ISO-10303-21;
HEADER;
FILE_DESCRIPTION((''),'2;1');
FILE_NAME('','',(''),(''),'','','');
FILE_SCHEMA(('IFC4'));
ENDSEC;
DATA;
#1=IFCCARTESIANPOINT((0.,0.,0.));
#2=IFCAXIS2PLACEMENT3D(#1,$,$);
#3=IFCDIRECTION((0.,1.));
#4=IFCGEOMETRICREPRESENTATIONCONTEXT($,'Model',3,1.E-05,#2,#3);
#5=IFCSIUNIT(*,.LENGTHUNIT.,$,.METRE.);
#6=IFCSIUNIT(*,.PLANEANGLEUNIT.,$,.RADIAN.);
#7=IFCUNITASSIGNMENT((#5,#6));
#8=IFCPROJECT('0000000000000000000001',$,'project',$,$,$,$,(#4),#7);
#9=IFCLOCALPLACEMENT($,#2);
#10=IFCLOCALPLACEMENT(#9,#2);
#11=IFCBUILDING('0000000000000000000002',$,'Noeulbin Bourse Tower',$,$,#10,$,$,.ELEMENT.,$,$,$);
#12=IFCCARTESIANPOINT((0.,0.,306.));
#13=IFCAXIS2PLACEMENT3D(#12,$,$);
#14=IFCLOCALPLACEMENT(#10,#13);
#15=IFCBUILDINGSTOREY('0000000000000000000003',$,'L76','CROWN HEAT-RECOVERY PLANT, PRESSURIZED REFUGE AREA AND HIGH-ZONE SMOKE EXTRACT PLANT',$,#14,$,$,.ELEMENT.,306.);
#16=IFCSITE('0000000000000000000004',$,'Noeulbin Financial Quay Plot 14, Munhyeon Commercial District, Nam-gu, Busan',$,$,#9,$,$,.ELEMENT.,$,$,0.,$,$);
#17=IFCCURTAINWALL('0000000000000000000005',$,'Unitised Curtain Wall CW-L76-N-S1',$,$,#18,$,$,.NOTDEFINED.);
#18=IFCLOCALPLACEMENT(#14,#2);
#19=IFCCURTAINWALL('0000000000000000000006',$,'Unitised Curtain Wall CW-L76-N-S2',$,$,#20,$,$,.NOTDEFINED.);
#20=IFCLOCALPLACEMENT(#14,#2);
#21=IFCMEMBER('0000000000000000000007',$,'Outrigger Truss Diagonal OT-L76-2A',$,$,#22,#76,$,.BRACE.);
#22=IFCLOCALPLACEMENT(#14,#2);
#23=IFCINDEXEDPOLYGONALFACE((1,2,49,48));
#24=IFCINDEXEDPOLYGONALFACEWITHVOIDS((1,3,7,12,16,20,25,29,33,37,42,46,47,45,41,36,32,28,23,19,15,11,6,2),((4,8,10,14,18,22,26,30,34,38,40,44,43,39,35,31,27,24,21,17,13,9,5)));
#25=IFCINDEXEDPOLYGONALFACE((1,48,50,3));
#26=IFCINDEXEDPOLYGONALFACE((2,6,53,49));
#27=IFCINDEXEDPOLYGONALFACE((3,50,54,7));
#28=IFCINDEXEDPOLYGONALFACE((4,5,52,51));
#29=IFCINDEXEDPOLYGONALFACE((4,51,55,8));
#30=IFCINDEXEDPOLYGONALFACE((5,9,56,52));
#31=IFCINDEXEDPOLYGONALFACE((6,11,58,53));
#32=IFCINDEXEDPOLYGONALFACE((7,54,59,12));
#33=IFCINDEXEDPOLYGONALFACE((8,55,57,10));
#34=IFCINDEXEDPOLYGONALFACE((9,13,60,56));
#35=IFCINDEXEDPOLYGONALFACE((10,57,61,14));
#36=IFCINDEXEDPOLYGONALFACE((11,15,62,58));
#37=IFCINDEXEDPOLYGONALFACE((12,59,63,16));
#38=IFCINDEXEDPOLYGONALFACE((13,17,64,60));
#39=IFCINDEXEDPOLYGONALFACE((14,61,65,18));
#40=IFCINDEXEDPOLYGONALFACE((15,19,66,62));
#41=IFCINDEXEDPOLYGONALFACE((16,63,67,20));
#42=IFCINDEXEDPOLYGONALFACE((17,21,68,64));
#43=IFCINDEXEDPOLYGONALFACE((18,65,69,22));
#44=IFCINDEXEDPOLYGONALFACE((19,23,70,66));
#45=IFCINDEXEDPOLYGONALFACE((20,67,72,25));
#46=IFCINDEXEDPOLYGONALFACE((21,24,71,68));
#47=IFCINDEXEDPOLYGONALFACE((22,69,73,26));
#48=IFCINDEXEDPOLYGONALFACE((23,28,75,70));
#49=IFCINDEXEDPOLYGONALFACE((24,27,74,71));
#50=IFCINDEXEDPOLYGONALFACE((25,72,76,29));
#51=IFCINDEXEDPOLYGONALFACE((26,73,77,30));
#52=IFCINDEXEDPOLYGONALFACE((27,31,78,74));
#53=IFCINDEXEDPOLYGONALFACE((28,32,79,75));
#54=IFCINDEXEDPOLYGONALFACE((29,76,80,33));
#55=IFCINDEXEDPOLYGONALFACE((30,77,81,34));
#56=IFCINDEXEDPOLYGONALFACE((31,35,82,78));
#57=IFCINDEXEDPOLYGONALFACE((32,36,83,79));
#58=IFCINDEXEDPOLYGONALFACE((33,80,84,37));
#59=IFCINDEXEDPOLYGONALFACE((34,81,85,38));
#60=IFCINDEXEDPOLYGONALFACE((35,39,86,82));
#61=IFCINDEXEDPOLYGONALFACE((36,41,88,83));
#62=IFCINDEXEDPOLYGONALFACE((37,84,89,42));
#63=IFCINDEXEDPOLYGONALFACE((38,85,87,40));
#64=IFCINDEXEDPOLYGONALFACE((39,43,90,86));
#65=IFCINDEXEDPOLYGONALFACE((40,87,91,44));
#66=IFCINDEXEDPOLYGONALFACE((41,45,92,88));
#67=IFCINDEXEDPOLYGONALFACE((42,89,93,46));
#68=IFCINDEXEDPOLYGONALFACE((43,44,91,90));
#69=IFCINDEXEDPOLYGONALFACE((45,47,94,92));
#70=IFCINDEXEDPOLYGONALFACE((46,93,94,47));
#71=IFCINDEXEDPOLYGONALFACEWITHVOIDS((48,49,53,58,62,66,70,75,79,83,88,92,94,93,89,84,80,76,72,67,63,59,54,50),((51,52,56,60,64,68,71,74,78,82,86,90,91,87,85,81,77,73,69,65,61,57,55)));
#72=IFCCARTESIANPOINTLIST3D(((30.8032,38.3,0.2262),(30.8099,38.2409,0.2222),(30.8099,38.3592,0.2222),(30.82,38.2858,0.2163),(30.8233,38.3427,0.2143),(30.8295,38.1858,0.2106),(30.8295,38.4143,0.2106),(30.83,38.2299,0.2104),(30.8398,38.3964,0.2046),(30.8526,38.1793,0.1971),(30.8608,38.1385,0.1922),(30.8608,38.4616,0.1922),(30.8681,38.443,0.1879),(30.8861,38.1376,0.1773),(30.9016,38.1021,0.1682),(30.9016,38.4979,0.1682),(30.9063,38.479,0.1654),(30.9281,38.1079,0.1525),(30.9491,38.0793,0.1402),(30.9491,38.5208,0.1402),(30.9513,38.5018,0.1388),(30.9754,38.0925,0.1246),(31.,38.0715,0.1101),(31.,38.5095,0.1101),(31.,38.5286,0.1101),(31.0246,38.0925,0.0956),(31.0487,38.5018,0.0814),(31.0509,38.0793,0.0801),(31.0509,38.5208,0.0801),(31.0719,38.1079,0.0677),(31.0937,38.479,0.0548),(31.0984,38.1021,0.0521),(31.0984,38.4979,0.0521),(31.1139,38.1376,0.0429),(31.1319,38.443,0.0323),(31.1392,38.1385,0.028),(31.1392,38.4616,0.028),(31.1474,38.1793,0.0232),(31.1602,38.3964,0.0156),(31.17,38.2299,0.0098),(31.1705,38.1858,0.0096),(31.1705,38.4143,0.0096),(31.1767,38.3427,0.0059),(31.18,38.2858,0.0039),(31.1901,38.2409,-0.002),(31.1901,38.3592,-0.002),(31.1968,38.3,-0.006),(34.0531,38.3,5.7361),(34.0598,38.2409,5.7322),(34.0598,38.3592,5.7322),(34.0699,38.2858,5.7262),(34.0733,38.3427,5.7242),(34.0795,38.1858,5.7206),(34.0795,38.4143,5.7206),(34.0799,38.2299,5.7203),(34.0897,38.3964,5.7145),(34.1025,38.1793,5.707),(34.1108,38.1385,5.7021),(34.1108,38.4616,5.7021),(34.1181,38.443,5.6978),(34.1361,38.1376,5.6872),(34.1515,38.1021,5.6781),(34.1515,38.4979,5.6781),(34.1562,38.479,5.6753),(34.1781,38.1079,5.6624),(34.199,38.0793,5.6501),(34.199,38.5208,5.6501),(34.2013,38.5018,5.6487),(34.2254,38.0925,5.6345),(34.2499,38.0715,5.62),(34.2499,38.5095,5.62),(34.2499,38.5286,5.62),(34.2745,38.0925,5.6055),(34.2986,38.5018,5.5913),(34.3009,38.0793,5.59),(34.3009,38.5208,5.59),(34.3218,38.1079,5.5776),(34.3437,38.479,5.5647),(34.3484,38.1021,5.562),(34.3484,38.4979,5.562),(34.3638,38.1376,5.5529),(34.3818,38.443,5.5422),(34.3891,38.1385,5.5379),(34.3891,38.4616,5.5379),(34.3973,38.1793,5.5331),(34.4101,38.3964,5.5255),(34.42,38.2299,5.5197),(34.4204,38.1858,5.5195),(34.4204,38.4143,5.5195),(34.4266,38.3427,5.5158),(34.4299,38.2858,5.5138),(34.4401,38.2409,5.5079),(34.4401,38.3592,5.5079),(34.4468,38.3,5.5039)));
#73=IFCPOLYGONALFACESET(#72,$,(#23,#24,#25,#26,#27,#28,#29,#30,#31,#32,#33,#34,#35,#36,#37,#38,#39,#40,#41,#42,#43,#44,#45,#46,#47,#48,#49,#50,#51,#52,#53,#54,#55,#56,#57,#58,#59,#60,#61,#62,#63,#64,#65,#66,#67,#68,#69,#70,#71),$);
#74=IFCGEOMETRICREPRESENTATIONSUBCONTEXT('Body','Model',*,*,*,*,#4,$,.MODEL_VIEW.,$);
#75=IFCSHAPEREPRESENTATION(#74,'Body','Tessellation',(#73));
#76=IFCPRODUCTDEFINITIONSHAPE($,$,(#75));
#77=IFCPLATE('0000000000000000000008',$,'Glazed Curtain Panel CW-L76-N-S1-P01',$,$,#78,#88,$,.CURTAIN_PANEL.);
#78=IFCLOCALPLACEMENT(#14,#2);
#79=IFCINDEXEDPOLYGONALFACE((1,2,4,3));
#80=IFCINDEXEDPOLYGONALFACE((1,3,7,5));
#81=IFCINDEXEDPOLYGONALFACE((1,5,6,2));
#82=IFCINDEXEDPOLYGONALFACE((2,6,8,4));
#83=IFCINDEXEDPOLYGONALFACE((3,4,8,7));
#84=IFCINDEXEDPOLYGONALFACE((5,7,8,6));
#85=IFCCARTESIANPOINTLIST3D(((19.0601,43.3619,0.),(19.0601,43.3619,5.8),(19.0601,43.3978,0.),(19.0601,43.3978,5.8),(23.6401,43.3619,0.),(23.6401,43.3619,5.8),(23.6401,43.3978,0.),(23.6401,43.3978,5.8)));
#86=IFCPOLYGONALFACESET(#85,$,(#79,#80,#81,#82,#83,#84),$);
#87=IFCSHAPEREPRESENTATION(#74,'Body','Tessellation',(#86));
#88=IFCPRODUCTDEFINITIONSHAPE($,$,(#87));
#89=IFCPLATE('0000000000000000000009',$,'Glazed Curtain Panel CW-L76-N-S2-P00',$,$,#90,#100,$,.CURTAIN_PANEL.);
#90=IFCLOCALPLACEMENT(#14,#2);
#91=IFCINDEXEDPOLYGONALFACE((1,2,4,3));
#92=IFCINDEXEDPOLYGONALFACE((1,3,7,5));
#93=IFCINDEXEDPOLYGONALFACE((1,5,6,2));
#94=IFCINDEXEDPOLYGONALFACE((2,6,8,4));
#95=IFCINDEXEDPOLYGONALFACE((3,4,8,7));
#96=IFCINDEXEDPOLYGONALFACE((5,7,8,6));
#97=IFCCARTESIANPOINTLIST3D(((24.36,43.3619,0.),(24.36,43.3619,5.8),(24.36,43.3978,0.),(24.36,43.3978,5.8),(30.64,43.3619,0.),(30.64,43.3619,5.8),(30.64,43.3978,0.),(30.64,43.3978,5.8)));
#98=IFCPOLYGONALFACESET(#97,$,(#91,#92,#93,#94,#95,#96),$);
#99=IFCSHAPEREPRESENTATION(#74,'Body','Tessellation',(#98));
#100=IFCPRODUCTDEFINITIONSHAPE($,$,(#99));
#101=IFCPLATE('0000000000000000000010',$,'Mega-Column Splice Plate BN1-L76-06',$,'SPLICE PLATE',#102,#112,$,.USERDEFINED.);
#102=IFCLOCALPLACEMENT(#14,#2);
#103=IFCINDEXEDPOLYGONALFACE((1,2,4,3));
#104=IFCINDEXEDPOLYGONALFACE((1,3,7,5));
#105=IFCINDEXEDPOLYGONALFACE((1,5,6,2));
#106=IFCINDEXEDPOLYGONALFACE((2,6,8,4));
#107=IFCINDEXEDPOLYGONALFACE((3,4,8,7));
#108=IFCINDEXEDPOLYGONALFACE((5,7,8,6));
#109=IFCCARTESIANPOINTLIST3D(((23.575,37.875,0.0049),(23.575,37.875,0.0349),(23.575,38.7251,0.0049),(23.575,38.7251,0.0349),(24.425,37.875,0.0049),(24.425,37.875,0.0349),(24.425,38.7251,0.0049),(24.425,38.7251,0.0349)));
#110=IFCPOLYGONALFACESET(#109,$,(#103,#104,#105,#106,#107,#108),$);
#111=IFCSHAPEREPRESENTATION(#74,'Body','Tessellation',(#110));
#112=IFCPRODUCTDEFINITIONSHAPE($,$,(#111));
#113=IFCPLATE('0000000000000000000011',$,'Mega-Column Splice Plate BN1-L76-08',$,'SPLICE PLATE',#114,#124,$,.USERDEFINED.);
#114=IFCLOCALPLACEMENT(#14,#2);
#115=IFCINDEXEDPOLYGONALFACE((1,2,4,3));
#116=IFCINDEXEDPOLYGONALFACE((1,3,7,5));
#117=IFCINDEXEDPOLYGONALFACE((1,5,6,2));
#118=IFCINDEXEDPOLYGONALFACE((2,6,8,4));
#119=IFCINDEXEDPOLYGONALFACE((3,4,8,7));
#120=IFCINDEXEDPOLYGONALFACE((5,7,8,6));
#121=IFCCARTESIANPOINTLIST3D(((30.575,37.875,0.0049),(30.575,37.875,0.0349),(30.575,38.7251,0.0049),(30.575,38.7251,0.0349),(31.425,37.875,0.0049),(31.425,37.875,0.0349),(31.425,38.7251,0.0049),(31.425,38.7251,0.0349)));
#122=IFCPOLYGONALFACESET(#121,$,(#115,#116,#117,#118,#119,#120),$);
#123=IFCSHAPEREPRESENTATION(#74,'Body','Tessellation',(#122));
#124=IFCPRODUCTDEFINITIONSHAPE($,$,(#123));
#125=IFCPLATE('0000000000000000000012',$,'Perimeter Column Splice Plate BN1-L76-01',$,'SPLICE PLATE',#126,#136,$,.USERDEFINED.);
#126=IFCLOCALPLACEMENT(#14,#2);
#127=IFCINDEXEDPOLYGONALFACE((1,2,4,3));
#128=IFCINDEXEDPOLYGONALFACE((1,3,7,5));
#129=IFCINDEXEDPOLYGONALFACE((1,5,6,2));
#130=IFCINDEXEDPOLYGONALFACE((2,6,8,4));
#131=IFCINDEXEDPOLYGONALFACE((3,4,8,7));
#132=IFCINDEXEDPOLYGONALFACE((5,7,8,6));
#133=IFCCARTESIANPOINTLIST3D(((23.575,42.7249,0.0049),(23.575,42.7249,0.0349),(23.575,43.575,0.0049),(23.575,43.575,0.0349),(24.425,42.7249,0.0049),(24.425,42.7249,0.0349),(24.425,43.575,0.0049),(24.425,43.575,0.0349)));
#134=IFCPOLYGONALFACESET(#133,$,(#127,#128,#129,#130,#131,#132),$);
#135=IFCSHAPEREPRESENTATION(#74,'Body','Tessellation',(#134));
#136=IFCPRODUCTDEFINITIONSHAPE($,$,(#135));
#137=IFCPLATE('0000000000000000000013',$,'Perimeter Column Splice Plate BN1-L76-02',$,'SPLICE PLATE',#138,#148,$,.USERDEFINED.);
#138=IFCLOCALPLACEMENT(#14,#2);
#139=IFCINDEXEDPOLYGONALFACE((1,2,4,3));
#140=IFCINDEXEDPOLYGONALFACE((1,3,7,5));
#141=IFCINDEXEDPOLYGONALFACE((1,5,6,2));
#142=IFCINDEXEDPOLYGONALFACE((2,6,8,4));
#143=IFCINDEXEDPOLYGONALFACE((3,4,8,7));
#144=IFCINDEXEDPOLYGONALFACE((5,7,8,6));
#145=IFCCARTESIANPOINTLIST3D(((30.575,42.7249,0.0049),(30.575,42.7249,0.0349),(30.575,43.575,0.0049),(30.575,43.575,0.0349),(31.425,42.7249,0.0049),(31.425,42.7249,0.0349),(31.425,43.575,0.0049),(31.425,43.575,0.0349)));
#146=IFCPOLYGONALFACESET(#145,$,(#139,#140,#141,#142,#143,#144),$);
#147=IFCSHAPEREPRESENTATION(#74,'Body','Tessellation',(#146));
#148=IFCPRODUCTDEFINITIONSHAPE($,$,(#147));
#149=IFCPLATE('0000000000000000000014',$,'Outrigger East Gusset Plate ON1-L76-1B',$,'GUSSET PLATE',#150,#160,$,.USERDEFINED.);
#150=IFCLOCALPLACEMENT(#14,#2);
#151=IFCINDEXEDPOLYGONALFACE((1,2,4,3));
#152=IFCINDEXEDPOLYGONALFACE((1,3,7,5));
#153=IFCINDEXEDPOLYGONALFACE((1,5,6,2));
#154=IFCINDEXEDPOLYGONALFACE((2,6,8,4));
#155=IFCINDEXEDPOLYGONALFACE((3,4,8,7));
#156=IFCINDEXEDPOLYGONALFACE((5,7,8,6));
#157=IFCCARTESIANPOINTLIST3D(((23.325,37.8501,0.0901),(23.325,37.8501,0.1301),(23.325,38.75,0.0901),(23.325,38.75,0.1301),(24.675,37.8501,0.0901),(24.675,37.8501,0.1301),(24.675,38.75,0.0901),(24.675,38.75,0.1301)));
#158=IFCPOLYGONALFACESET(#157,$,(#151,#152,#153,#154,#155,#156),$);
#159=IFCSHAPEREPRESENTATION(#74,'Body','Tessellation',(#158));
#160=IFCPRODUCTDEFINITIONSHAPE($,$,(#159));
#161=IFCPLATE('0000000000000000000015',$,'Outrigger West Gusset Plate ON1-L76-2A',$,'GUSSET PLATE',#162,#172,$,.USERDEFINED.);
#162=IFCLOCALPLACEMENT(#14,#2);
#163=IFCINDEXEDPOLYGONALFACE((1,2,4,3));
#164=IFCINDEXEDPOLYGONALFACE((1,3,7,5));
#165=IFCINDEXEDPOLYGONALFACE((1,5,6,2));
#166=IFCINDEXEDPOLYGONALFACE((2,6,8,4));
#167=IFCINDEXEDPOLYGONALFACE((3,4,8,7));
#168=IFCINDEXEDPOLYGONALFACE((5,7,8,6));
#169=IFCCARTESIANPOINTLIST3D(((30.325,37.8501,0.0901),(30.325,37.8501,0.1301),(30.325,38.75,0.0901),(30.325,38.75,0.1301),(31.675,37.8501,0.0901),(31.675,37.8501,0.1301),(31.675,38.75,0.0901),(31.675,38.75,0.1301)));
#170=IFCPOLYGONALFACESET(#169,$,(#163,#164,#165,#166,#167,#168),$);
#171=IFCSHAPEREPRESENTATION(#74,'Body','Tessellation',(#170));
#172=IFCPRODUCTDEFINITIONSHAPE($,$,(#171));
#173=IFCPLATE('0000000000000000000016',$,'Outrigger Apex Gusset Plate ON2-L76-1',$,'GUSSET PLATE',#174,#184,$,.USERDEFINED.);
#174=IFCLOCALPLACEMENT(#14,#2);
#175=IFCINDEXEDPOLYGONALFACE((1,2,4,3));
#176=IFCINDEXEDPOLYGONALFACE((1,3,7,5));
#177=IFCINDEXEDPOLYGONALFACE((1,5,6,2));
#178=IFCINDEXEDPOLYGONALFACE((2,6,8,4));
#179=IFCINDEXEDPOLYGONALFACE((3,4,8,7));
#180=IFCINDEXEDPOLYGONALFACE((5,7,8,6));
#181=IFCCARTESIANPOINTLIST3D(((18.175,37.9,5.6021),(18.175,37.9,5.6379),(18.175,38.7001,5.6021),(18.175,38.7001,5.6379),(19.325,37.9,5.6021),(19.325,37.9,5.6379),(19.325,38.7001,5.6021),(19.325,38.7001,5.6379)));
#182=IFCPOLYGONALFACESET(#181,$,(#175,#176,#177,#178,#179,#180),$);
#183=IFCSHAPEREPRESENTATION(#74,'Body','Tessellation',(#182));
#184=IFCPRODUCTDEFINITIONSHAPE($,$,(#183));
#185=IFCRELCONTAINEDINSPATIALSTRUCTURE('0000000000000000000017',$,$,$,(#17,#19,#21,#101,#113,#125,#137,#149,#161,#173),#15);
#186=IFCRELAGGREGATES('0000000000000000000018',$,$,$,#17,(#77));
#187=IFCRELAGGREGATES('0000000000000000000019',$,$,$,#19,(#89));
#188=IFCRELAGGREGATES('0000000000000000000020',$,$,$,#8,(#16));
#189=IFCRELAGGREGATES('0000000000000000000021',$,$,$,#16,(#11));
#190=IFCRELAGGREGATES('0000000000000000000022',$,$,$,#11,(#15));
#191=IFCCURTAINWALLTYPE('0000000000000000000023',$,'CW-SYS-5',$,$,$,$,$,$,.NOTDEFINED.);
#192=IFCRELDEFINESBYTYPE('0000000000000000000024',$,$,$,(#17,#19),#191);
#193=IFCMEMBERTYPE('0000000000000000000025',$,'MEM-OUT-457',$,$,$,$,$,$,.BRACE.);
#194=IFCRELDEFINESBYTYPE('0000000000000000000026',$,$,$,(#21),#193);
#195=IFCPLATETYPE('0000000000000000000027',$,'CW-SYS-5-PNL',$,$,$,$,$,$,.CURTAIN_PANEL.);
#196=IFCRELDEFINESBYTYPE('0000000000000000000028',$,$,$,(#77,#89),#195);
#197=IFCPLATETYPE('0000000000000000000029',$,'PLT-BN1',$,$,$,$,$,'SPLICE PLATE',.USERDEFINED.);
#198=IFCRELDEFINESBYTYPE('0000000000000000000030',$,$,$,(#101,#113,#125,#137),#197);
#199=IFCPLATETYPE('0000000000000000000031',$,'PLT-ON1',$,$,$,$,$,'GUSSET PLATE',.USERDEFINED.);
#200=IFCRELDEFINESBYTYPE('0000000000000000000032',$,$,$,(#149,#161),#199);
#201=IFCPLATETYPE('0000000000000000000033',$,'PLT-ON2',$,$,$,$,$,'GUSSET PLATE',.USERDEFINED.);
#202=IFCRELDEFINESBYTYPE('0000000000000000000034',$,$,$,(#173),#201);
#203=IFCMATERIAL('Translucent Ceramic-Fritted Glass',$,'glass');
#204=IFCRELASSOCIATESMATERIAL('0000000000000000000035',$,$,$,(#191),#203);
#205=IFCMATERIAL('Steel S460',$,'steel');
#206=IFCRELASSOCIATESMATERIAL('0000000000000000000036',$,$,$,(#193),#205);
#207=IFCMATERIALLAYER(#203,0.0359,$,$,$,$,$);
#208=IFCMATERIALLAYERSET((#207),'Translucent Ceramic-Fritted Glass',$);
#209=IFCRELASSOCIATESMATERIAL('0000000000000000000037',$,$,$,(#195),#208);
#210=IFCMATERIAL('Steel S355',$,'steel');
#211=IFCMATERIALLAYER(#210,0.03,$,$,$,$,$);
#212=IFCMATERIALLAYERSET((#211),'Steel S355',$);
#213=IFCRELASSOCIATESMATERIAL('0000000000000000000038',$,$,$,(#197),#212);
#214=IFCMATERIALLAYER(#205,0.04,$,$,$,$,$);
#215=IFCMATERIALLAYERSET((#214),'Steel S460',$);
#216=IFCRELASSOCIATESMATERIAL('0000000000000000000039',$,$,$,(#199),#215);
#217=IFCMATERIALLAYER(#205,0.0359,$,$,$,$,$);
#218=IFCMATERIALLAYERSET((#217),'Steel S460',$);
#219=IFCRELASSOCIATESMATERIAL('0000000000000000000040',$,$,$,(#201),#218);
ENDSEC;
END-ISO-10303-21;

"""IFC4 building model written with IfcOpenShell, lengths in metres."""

from ifc_helpers import new_model, si_unit, direction, frame, origin, origin_2d, place, context, subcontext, project, spatial, rectangle, hollow_circle, extrude, material, layer, layer_set, material_profile, profile_set, type_object, element, aggregate, save


model = new_model("IFC4")

# Units and contexts
model_context = context("Model", 3, precision=1e-05, world=origin(), true_north=direction((0.0, 1.0)))
body_context = subcontext(model_context, "Body", "Model", "MODEL_VIEW")
ifc_project = project(units=[si_unit("LENGTHUNIT", "METRE"), si_unit("PLANEANGLEUNIT", "RADIAN")], contexts=[model_context])

# Site, building, storey
site_placement = place(None, origin())
site = spatial("IfcSite", under=ifc_project, at=site_placement, Name="Noeulbin Financial Quay Plot 14, Munhyeon Commercial District, Nam-gu, Busan", CompositionType="ELEMENT", RefElevation=0.0)
building_placement = place(site_placement, origin())
building = spatial("IfcBuilding", under=site, at=building_placement, Name="Noeulbin Bourse Tower", CompositionType="ELEMENT")
storey_placement = place(building_placement, frame((0.0, 0.0, 306.0)))
storey = spatial("IfcBuildingStorey", under=building, at=storey_placement, Name="L76", Description="CROWN HEAT-RECOVERY PLANT, PRESSURIZED REFUGE AREA AND HIGH-ZONE SMOKE EXTRACT PLANT", CompositionType="ELEMENT", Elevation=306.0)

# Shared definitions
ifc_material_1 = material(Name="Steel S355", Category="steel")

# Shared definitions
ifc_material_2 = material(Name="Steel S460", Category="steel")

# Curtain walls
ifc_material_3 = material(Name="Translucent Ceramic-Fritted Glass", Category="glass")
curtain_wall_type = type_object("IfcCurtainWallType", Name="CW-SYS-5", PredefinedType="NOTDEFINED", material=ifc_material_3)
curtain_wall_1_placement = place(storey_placement, origin())
curtain_wall_1 = element("IfcCurtainWall", 1, at=curtain_wall_1_placement, inside=storey, type_object=curtain_wall_type, Name="Unitised Curtain Wall CW-L76-N-S1", PredefinedType="NOTDEFINED")
curtain_wall_2_placement = place(storey_placement, origin())
curtain_wall_2 = element("IfcCurtainWall", 2, at=curtain_wall_2_placement, inside=storey, type_object=curtain_wall_type, Name="Unitised Curtain Wall CW-L76-N-S2", PredefinedType="NOTDEFINED")

# Member
ifc_material_profile_1 = material_profile(ifc_material_2, hollow_circle(Radius=0.2285, WallThickness=0.019, at=origin_2d()), Name="CHS-457.2x19.0", Category="LoadBearing")
ifc_profile_set_1 = profile_set([ifc_material_profile_1], Name="Steel S460")
member_type_1 = type_object("IfcMemberType", Name="MEM-OUT-457", PredefinedType="BRACE", material=ifc_profile_set_1)
member_1_placement = place(storey_placement, frame((31.0, 38.3, 0.1101), z_axis=(0.508044, 0.0, 0.861331), x_axis=(0.0, 1.0, 0.0)))
element("IfcMember", 3, at=member_1_placement, inside=storey, type_object=member_type_1, Name="Outrigger Truss Diagonal OT-L76-2A", PredefinedType="BRACE", context=body_context, shape_type="SweptSolid", body=[
    extrude(hollow_circle(Radius=0.2285, WallThickness=0.019, at=origin_2d()), origin(), (0.0, 0.0, 1.0), 6.397),
])

# Plates
ifc_layer_1 = layer(ifc_material_3, 0.0359)
ifc_layer_set_1 = layer_set([ifc_layer_1], Name="Translucent Ceramic-Fritted Glass")
plate_type_1 = type_object("IfcPlateType", Name="CW-SYS-5-PNL", PredefinedType="CURTAIN_PANEL", material=ifc_layer_set_1)
plate_1_placement = place(storey_placement, frame((21.3501, 43.3799, 0.0), z_axis=(0.0, 0.0, 1.0), x_axis=(1.0, 0.0, 0.0)))
plate_1 = element("IfcPlate", 4, at=plate_1_placement, type_object=plate_type_1, Name="Glazed Curtain Panel CW-L76-N-S1-P01", PredefinedType="CURTAIN_PANEL", context=body_context, shape_type="SweptSolid", body=[
    extrude(rectangle(XDim=4.5801, YDim=0.0359, at=origin_2d()), origin(), (0.0, 0.0, 1.0), 5.8),
])
aggregate(curtain_wall_1, [plate_1])
plate_2_placement = place(storey_placement, frame((27.5, 43.3799, 0.0), z_axis=(0.0, 0.0, 1.0), x_axis=(1.0, 0.0, 0.0)))
plate_2 = element("IfcPlate", 5, at=plate_2_placement, type_object=plate_type_1, Name="Glazed Curtain Panel CW-L76-N-S2-P00", PredefinedType="CURTAIN_PANEL", context=body_context, shape_type="SweptSolid", body=[
    extrude(rectangle(XDim=6.28, YDim=0.0359, at=origin_2d()), origin(), (0.0, 0.0, 1.0), 5.8),
])
aggregate(curtain_wall_2, [plate_2])

# Plates
ifc_layer_2 = layer(ifc_material_1, 0.03)
ifc_layer_set_2 = layer_set([ifc_layer_2], Name="Steel S355")
plate_type_2 = type_object("IfcPlateType", Name="PLT-BN1", ElementType="SPLICE PLATE", PredefinedType="USERDEFINED", material=ifc_layer_set_2)
for number, where, z_axis, x_axis, name in (
    (6, (24.0, 38.3, 0.0049), (0.0, 0.0, 1.0), (1.0, 0.0, 0.0), "Mega-Column Splice Plate BN1-L76-06"),
    (7, (31.0, 38.3, 0.0049), (0.0, 0.0, 1.0), (1.0, 0.0, 0.0), "Mega-Column Splice Plate BN1-L76-08"),
    (8, (24.0, 43.1499, 0.0049), (0.0, 0.0, 1.0), (1.0, 0.0, 0.0), "Perimeter Column Splice Plate BN1-L76-01"),
    (9, (31.0, 43.1499, 0.0049), (0.0, 0.0, 1.0), (1.0, 0.0, 0.0), "Perimeter Column Splice Plate BN1-L76-02"),
):
    element("IfcPlate", number, at=place(storey_placement, frame(where, z_axis=z_axis, x_axis=x_axis)), inside=storey, type_object=plate_type_2, Name=name, ObjectType="SPLICE PLATE", PredefinedType="USERDEFINED", context=body_context, shape_type="SweptSolid", body=[
        extrude(rectangle(XDim=0.8501, YDim=0.8501, at=origin_2d()), origin(), (0.0, 0.0, 1.0), 0.03),
    ])
ifc_layer_3 = layer(ifc_material_2, 0.04)
ifc_layer_set_3 = layer_set([ifc_layer_3], Name="Steel S460")
plate_type_3 = type_object("IfcPlateType", Name="PLT-ON1", ElementType="GUSSET PLATE", PredefinedType="USERDEFINED", material=ifc_layer_set_3)
for number, where, z_axis, x_axis, name in (
    (10, (24.0, 38.3, 0.0901), (0.0, 0.0, 1.0), (1.0, 0.0, 0.0), "Outrigger East Gusset Plate ON1-L76-1B"),
    (11, (31.0, 38.3, 0.0901), (0.0, 0.0, 1.0), (1.0, 0.0, 0.0), "Outrigger West Gusset Plate ON1-L76-2A"),
):
    element("IfcPlate", number, at=place(storey_placement, frame(where, z_axis=z_axis, x_axis=x_axis)), inside=storey, type_object=plate_type_3, Name=name, ObjectType="GUSSET PLATE", PredefinedType="USERDEFINED", context=body_context, shape_type="SweptSolid", body=[
        extrude(rectangle(XDim=1.3501, YDim=0.8999, at=origin_2d()), origin(), (0.0, 0.0, 1.0), 0.04),
    ])
ifc_layer_4 = layer(ifc_material_2, 0.0359)
ifc_layer_set_4 = layer_set([ifc_layer_4], Name="Steel S460")
plate_type_4 = type_object("IfcPlateType", Name="PLT-ON2", ElementType="GUSSET PLATE", PredefinedType="USERDEFINED", material=ifc_layer_set_4)
plate_3_placement = place(storey_placement, frame((18.75, 38.3, 5.6021), z_axis=(0.0, 0.0, 1.0), x_axis=(1.0, 0.0, 0.0)))
element("IfcPlate", 12, at=plate_3_placement, inside=storey, type_object=plate_type_4, Name="Outrigger Apex Gusset Plate ON2-L76-1", ObjectType="GUSSET PLATE", PredefinedType="USERDEFINED", context=body_context, shape_type="SweptSolid", body=[
    extrude(rectangle(XDim=1.1499, YDim=0.8, at=origin_2d()), origin(), (0.0, 0.0, 1.0), 0.0359),
])

save(model, "model.ifc")
